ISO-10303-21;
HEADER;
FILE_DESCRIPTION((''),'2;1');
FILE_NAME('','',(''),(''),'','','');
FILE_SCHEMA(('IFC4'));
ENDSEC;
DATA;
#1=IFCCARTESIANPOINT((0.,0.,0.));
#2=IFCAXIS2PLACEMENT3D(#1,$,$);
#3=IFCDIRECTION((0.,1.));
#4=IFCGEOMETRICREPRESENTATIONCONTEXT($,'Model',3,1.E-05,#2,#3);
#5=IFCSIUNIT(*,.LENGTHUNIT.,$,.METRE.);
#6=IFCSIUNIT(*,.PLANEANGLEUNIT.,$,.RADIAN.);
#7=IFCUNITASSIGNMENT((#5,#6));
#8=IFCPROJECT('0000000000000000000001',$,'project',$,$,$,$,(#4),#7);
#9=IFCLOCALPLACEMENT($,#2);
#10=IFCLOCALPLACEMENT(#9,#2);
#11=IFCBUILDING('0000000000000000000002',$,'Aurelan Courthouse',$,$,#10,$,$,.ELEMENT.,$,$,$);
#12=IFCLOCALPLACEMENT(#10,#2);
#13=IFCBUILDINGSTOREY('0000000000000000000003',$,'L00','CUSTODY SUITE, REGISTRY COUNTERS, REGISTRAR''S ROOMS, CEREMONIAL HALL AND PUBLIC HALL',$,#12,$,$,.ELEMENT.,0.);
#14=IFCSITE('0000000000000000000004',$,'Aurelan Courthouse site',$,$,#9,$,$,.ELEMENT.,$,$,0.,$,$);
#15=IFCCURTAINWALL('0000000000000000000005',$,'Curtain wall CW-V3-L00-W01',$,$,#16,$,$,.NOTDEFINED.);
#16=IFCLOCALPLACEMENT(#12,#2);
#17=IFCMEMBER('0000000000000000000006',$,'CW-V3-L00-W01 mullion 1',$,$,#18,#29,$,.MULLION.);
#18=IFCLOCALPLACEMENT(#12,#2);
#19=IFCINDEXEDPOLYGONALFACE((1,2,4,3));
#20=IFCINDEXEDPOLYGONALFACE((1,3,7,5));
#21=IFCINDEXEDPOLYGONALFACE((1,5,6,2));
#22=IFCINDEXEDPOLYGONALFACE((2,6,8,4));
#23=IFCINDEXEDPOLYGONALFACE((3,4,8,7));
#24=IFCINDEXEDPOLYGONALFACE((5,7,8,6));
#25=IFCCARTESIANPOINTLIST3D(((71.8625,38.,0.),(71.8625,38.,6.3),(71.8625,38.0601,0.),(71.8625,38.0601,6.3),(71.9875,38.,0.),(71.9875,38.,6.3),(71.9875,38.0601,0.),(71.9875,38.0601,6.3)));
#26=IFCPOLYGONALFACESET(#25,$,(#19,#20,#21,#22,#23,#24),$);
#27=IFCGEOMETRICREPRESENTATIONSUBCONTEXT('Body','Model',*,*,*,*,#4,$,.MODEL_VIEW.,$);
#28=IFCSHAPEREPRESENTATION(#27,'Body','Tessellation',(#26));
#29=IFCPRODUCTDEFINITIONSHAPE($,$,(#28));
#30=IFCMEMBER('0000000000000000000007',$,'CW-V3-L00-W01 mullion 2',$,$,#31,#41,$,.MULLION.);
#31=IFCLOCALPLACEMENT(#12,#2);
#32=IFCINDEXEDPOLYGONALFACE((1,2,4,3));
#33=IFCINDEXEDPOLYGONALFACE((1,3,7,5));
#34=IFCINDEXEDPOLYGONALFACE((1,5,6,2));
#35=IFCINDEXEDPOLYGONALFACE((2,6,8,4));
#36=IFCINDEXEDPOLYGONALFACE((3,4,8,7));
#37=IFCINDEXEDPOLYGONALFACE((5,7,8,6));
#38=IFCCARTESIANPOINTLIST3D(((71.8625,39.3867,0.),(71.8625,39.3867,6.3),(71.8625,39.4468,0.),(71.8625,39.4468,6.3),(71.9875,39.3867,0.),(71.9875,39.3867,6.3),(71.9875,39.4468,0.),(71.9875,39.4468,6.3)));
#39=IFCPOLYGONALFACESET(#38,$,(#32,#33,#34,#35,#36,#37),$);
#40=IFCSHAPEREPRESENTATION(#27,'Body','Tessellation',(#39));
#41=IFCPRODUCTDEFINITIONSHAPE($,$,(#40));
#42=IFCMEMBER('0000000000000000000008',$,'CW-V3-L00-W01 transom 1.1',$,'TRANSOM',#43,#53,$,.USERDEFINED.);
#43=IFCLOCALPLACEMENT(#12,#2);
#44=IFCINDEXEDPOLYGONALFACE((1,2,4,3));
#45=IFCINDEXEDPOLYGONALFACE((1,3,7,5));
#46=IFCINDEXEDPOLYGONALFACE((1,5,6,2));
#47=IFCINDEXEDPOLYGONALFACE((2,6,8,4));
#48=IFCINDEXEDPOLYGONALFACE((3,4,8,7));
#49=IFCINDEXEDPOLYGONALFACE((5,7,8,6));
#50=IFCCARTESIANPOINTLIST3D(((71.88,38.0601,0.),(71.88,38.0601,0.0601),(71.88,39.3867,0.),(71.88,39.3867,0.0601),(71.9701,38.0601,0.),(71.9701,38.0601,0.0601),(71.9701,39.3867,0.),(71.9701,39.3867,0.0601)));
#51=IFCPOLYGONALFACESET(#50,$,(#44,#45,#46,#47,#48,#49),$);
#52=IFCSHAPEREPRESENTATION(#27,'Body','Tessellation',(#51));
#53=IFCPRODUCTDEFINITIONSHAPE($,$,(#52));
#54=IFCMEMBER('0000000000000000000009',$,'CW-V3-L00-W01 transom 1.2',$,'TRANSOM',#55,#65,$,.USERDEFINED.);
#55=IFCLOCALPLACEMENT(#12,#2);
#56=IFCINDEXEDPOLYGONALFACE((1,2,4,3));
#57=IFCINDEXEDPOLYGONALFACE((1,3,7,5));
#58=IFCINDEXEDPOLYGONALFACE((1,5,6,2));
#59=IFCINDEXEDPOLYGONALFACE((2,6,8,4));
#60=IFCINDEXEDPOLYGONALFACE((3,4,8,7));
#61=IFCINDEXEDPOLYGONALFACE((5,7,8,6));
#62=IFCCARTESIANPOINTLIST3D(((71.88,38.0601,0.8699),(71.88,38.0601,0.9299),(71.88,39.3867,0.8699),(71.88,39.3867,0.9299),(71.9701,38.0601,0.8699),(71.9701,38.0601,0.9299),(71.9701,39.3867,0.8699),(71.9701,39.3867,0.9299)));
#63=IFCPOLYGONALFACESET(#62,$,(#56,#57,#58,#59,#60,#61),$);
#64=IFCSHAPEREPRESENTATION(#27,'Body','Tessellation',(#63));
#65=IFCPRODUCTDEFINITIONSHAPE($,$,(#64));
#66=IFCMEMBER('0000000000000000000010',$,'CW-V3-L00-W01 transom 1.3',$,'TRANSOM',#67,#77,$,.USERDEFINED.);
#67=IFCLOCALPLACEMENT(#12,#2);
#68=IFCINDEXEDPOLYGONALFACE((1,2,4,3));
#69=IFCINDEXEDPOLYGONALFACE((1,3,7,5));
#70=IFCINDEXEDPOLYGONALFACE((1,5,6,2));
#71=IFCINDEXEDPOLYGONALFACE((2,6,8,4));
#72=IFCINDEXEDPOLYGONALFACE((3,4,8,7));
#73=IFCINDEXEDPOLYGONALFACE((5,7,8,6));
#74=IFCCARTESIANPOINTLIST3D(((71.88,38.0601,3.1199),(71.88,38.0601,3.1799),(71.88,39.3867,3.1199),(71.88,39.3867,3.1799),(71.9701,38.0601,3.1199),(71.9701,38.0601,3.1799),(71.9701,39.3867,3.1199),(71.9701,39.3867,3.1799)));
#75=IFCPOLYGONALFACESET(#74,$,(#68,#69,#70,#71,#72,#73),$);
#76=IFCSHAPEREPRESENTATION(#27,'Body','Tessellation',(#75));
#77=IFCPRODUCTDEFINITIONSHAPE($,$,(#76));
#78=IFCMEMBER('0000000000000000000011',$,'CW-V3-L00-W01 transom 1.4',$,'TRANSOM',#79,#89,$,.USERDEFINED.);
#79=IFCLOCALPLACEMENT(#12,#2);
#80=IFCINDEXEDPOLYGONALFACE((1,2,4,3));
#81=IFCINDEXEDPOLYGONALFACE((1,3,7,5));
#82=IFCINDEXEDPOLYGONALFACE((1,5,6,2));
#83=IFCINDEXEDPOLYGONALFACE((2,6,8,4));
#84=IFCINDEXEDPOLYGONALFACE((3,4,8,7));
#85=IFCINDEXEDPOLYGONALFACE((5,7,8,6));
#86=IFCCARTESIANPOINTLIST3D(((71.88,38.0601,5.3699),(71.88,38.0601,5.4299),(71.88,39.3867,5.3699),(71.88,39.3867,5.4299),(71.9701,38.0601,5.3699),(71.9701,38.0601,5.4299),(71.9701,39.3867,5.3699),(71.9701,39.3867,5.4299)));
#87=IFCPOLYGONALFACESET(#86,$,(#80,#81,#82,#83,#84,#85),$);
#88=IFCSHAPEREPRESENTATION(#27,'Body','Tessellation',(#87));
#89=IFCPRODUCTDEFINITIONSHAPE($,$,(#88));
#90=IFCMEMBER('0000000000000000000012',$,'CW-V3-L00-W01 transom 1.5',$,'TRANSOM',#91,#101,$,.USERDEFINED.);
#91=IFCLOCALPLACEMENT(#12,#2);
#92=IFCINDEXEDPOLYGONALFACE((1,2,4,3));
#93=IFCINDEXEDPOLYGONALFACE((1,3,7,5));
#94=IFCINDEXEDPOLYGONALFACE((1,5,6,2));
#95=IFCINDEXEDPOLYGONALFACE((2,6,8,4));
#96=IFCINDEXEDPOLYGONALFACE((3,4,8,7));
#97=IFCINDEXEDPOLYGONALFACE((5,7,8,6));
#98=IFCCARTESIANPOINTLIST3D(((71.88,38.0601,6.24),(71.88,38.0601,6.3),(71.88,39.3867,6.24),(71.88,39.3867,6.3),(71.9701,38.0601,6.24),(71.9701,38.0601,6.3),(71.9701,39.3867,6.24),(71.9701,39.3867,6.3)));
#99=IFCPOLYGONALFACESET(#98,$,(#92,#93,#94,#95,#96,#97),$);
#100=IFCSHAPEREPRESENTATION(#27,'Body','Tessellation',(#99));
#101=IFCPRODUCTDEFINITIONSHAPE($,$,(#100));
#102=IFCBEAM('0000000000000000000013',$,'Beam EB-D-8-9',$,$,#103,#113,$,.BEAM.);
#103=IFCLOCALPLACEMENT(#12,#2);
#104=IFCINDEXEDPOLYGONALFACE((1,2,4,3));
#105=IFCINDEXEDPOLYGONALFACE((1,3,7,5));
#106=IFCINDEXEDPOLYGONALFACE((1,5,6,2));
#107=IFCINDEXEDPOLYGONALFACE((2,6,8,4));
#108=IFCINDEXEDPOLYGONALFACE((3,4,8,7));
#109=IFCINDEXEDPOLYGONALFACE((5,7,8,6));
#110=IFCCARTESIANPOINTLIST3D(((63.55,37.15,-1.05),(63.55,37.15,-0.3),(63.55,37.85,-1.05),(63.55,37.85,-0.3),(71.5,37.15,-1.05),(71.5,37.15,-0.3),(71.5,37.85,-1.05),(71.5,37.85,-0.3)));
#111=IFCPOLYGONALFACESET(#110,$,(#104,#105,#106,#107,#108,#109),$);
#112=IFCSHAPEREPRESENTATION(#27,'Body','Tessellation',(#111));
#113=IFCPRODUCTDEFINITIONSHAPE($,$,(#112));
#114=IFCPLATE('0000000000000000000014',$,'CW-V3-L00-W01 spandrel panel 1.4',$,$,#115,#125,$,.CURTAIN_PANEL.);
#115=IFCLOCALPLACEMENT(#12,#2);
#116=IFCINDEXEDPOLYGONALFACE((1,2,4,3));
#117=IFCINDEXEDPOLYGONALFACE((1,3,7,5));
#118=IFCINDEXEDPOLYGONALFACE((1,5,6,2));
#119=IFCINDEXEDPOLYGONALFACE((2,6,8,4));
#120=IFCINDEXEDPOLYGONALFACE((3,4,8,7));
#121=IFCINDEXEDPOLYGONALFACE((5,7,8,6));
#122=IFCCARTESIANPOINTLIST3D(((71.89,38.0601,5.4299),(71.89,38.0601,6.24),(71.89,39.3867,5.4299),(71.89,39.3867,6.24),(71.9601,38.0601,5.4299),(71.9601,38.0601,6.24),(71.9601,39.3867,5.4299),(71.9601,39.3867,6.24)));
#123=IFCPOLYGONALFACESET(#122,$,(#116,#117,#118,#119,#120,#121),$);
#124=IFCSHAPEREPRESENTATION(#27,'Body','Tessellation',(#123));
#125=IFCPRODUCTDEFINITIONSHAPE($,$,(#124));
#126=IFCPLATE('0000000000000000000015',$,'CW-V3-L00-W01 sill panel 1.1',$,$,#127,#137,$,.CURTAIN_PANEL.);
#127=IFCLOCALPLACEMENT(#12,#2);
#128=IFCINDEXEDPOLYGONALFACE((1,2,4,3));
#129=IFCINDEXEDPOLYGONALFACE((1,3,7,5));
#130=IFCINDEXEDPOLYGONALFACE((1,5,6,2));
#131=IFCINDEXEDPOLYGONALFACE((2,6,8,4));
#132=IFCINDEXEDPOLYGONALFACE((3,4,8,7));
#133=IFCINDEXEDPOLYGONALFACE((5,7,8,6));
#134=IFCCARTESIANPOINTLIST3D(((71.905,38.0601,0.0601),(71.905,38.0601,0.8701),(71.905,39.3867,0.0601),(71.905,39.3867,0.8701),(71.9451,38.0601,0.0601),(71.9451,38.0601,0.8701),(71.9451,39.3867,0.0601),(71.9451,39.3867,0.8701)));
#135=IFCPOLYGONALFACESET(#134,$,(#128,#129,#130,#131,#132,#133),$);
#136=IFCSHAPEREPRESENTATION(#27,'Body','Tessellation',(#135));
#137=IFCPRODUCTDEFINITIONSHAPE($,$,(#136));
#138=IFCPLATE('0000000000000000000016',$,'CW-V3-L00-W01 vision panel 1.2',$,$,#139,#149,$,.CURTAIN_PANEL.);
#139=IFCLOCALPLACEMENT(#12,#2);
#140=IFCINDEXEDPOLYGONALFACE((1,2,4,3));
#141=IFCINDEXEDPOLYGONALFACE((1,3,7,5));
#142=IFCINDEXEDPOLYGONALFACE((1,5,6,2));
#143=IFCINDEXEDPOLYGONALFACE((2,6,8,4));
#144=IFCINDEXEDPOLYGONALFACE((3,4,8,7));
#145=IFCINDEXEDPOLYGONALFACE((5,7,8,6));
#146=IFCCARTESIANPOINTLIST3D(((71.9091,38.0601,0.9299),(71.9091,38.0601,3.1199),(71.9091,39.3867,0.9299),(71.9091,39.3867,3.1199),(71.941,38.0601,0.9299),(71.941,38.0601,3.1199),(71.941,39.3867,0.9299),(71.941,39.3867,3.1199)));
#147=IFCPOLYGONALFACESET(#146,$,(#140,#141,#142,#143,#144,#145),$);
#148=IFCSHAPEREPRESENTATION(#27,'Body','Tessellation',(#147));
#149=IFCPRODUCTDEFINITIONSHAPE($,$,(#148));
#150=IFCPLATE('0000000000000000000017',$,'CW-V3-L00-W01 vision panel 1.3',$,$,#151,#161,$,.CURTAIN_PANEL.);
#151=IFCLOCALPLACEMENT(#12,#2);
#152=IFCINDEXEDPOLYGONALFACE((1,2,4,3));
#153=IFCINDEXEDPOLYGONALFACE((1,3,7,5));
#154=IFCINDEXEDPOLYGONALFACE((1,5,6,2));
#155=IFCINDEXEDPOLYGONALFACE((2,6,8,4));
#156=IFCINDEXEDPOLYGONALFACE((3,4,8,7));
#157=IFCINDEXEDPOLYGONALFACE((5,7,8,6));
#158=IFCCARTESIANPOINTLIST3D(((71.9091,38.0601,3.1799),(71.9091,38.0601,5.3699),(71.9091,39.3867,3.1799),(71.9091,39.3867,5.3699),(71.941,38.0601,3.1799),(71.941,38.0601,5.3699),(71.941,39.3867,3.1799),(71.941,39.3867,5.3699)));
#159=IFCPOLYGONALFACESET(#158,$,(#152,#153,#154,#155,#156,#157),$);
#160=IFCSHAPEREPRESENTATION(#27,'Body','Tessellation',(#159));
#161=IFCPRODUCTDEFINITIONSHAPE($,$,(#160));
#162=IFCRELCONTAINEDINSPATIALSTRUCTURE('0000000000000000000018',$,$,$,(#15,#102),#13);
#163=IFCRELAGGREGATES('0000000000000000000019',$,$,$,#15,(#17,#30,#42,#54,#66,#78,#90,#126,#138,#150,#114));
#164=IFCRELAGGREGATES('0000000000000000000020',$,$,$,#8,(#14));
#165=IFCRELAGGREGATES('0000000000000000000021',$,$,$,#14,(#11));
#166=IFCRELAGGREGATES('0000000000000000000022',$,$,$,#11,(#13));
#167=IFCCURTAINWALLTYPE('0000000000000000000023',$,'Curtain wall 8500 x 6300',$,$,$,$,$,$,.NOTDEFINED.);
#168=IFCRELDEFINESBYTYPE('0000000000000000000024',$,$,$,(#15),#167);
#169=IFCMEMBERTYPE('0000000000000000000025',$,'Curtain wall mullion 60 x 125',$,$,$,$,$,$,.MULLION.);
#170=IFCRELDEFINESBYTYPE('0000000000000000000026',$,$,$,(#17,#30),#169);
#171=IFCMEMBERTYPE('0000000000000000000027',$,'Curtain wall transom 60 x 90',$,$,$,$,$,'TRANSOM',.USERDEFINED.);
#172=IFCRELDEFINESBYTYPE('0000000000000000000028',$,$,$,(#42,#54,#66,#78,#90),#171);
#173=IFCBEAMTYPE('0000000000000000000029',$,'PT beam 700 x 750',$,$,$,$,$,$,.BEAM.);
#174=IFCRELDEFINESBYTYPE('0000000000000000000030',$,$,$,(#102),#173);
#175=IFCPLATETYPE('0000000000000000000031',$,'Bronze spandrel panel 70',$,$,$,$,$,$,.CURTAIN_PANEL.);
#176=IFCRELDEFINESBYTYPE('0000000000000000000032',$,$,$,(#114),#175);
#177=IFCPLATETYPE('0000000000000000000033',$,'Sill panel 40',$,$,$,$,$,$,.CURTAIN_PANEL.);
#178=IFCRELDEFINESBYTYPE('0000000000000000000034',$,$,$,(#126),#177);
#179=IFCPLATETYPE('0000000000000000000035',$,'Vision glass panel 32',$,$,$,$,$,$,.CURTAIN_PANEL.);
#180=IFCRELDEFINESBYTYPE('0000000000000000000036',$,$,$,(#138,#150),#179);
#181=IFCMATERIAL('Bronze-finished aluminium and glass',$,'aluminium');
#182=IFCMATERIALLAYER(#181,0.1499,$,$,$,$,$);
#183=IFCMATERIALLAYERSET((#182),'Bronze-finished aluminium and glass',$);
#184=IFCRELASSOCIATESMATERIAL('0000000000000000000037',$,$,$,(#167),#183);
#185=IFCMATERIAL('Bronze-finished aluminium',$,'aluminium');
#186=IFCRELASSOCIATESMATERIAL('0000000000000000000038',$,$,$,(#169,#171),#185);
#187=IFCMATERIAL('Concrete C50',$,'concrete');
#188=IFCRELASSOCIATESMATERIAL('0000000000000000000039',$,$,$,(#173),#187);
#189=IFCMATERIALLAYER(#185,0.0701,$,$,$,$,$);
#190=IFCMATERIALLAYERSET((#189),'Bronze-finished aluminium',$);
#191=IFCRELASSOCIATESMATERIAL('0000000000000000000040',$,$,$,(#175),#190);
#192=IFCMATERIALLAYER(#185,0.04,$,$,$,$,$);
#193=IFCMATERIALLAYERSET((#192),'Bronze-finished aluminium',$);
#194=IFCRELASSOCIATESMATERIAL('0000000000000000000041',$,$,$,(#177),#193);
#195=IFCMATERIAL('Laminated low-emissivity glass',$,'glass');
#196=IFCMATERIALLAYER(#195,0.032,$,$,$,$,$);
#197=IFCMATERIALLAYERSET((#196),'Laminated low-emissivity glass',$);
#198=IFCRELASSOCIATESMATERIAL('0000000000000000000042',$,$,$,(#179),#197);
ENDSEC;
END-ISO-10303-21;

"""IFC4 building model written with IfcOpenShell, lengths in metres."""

from ifc_helpers import new_model, si_unit, direction, frame, origin, origin_2d, place, context, subcontext, project, spatial, rectangle, extrude, material, layer, layer_set, material_profile, profile_set, type_object, element, aggregate, save


model = new_model("IFC4")

# Units and contexts
model_context = context("Model", 3, precision=1e-05, world=origin(), true_north=direction((0.0, 1.0)))
body_context = subcontext(model_context, "Body", "Model", "MODEL_VIEW")
ifc_project = project(units=[si_unit("LENGTHUNIT", "METRE"), si_unit("PLANEANGLEUNIT", "RADIAN")], contexts=[model_context])

# Site, building, storey
site_placement = place(None, origin())
site = spatial("IfcSite", under=ifc_project, at=site_placement, Name="Aurelan Courthouse site", CompositionType="ELEMENT", RefElevation=0.0)
building_placement = place(site_placement, origin())
building = spatial("IfcBuilding", under=site, at=building_placement, Name="Aurelan Courthouse", CompositionType="ELEMENT")
storey_placement = place(building_placement, origin())
storey = spatial("IfcBuildingStorey", under=building, at=storey_placement, Name="L00", Description="CUSTODY SUITE, REGISTRY COUNTERS, REGISTRAR'S ROOMS, CEREMONIAL HALL AND PUBLIC HALL", CompositionType="ELEMENT", Elevation=0.0)

# Curtain wall, members
ifc_material_1 = material(Name="Bronze-finished aluminium and glass", Category="aluminium")
ifc_layer_1 = layer(ifc_material_1, 0.1499)
ifc_layer_set_1 = layer_set([ifc_layer_1], Name="Bronze-finished aluminium and glass")
curtain_wall_type = type_object("IfcCurtainWallType", Name="Curtain wall 8500 x 6300", PredefinedType="NOTDEFINED", material=ifc_layer_set_1)
curtain_wall_placement = place(storey_placement, origin())
curtain_wall = element("IfcCurtainWall", 1, at=curtain_wall_placement, inside=storey, type_object=curtain_wall_type, Name="Curtain wall CW-V3-L00-W01", PredefinedType="NOTDEFINED")
ifc_material_2 = material(Name="Bronze-finished aluminium", Category="aluminium")
ifc_material_profile_1 = material_profile(ifc_material_2, rectangle(XDim=0.125, YDim=0.0601, at=origin_2d()), Name="Bronze mullion 60 x 125")
ifc_profile_set_1 = profile_set([ifc_material_profile_1], Name="Bronze-finished aluminium")
member_type_1 = type_object("IfcMemberType", Name="Curtain wall mullion 60 x 125", PredefinedType="MULLION", material=ifc_profile_set_1)
member_1_placement = place(storey_placement, frame((71.925, 38.03, 0.0), z_axis=(0.0, 0.0, 1.0), x_axis=(-1.0, 0.0, 0.0)))
member_1 = element("IfcMember", 2, at=member_1_placement, type_object=member_type_1, Name="CW-V3-L00-W01 mullion 1", PredefinedType="MULLION", context=body_context, shape_type="SweptSolid", body=[
    extrude(rectangle(XDim=0.125, YDim=0.0601, at=origin_2d()), origin(), (0.0, 0.0, 1.0), 6.3),
])
member_2_placement = place(storey_placement, frame((71.925, 39.4167, 0.0), z_axis=(0.0, 0.0, 1.0), x_axis=(-1.0, 0.0, 0.0)))
member_2 = element("IfcMember", 3, at=member_2_placement, type_object=member_type_1, Name="CW-V3-L00-W01 mullion 2", PredefinedType="MULLION", context=body_context, shape_type="SweptSolid", body=[
    extrude(rectangle(XDim=0.125, YDim=0.0601, at=origin_2d()), origin(), (0.0, 0.0, 1.0), 6.3),
])
ifc_material_profile_2 = material_profile(ifc_material_2, rectangle(XDim=0.0901, YDim=0.0601, at=origin_2d()), Name="Bronze transom 60 x 90")
ifc_profile_set_2 = profile_set([ifc_material_profile_2], Name="Bronze-finished aluminium")
member_type_2 = type_object("IfcMemberType", Name="Curtain wall transom 60 x 90", ElementType="TRANSOM", PredefinedType="USERDEFINED", material=ifc_profile_set_2)
member_3_placement = place(storey_placement, frame((71.925, 38.0601, 0.03), z_axis=(0.0, 1.0, 0.0), x_axis=(-1.0, 0.0, 0.0)))
member_3 = element("IfcMember", 4, at=member_3_placement, type_object=member_type_2, Name="CW-V3-L00-W01 transom 1.1", ObjectType="TRANSOM", PredefinedType="USERDEFINED", context=body_context, shape_type="SweptSolid", body=[
    extrude(rectangle(XDim=0.0901, YDim=0.0601, at=origin_2d()), origin(), (0.0, 0.0, 1.0), 1.3267),
])
member_4_placement = place(storey_placement, frame((71.925, 38.0601, 0.8999), z_axis=(0.0, 1.0, 0.0), x_axis=(-1.0, 0.0, 0.0)))
member_4 = element("IfcMember", 5, at=member_4_placement, type_object=member_type_2, Name="CW-V3-L00-W01 transom 1.2", ObjectType="TRANSOM", PredefinedType="USERDEFINED", context=body_context, shape_type="SweptSolid", body=[
    extrude(rectangle(XDim=0.0901, YDim=0.0601, at=origin_2d()), origin(), (0.0, 0.0, 1.0), 1.3267),
])
member_5_placement = place(storey_placement, frame((71.925, 38.0601, 3.1499), z_axis=(0.0, 1.0, 0.0), x_axis=(-1.0, 0.0, 0.0)))
member_5 = element("IfcMember", 6, at=member_5_placement, type_object=member_type_2, Name="CW-V3-L00-W01 transom 1.3", ObjectType="TRANSOM", PredefinedType="USERDEFINED", context=body_context, shape_type="SweptSolid", body=[
    extrude(rectangle(XDim=0.0901, YDim=0.0601, at=origin_2d()), origin(), (0.0, 0.0, 1.0), 1.3267),
])
member_6_placement = place(storey_placement, frame((71.925, 38.0601, 5.3999), z_axis=(0.0, 1.0, 0.0), x_axis=(-1.0, 0.0, 0.0)))
member_6 = element("IfcMember", 7, at=member_6_placement, type_object=member_type_2, Name="CW-V3-L00-W01 transom 1.4", ObjectType="TRANSOM", PredefinedType="USERDEFINED", context=body_context, shape_type="SweptSolid", body=[
    extrude(rectangle(XDim=0.0901, YDim=0.0601, at=origin_2d()), origin(), (0.0, 0.0, 1.0), 1.3267),
])
member_7_placement = place(storey_placement, frame((71.925, 38.0601, 6.27), z_axis=(0.0, 1.0, 0.0), x_axis=(-1.0, 0.0, 0.0)))
member_7 = element("IfcMember", 8, at=member_7_placement, type_object=member_type_2, Name="CW-V3-L00-W01 transom 1.5", ObjectType="TRANSOM", PredefinedType="USERDEFINED", context=body_context, shape_type="SweptSolid", body=[
    extrude(rectangle(XDim=0.0901, YDim=0.0601, at=origin_2d()), origin(), (0.0, 0.0, 1.0), 1.3267),
])

# Beam
ifc_material_3 = material(Name="Concrete C50", Category="concrete")
ifc_material_profile_3 = material_profile(ifc_material_3, rectangle(XDim=0.7, YDim=0.75, at=origin_2d()), Name="RC 700 x 750")
ifc_profile_set_3 = profile_set([ifc_material_profile_3], Name="Concrete C50")
beam_type = type_object("IfcBeamType", Name="PT beam 700 x 750", PredefinedType="BEAM", material=ifc_profile_set_3)
beam_placement = place(storey_placement, frame((63.55, 37.5, -0.675), z_axis=(1.0, 0.0, 0.0), x_axis=(0.0, 1.0, 0.0)))
element("IfcBeam", 9, at=beam_placement, inside=storey, type_object=beam_type, Name="Beam EB-D-8-9", PredefinedType="BEAM", context=body_context, shape_type="SweptSolid", body=[
    extrude(rectangle(XDim=0.7, YDim=0.75, at=origin_2d()), origin(), (0.0, 0.0, 1.0), 7.95),
])

# Plates
ifc_layer_2 = layer(ifc_material_2, 0.0701)
ifc_layer_set_2 = layer_set([ifc_layer_2], Name="Bronze-finished aluminium")
plate_type_1 = type_object("IfcPlateType", Name="Bronze spandrel panel 70", PredefinedType="CURTAIN_PANEL", material=ifc_layer_set_2)
plate_1_placement = place(storey_placement, frame((71.925, 38.7234, 5.4299), z_axis=(0.0, 0.0, 1.0), x_axis=(0.0, 1.0, 0.0)))
plate_1 = element("IfcPlate", 10, at=plate_1_placement, type_object=plate_type_1, Name="CW-V3-L00-W01 spandrel panel 1.4", PredefinedType="CURTAIN_PANEL", context=body_context, shape_type="SweptSolid", body=[
    extrude(rectangle(XDim=1.3267, YDim=0.0701, at=origin_2d()), origin(), (0.0, 0.0, 1.0), 0.8101),
])
ifc_layer_3 = layer(ifc_material_2, 0.04)
ifc_layer_set_3 = layer_set([ifc_layer_3], Name="Bronze-finished aluminium")
plate_type_2 = type_object("IfcPlateType", Name="Sill panel 40", PredefinedType="CURTAIN_PANEL", material=ifc_layer_set_3)
plate_2_placement = place(storey_placement, frame((71.925, 38.7234, 0.0601), z_axis=(0.0, 0.0, 1.0), x_axis=(0.0, 1.0, 0.0)))
plate_2 = element("IfcPlate", 11, at=plate_2_placement, type_object=plate_type_2, Name="CW-V3-L00-W01 sill panel 1.1", PredefinedType="CURTAIN_PANEL", context=body_context, shape_type="SweptSolid", body=[
    extrude(rectangle(XDim=1.3267, YDim=0.04, at=origin_2d()), origin(), (0.0, 0.0, 1.0), 0.8101),
])
ifc_material_4 = material(Name="Laminated low-emissivity glass", Category="glass")
ifc_layer_4 = layer(ifc_material_4, 0.032)
ifc_layer_set_4 = layer_set([ifc_layer_4], Name="Laminated low-emissivity glass")
plate_type_3 = type_object("IfcPlateType", Name="Vision glass panel 32", PredefinedType="CURTAIN_PANEL", material=ifc_layer_set_4)
plate_3_placement = place(storey_placement, frame((71.925, 38.7234, 0.9299), z_axis=(0.0, 0.0, 1.0), x_axis=(0.0, 1.0, 0.0)))
plate_3 = element("IfcPlate", 12, at=plate_3_placement, type_object=plate_type_3, Name="CW-V3-L00-W01 vision panel 1.2", PredefinedType="CURTAIN_PANEL", context=body_context, shape_type="SweptSolid", body=[
    extrude(rectangle(XDim=1.3267, YDim=0.032, at=origin_2d()), origin(), (0.0, 0.0, 1.0), 2.1899),
])
plate_4_placement = place(storey_placement, frame((71.925, 38.7234, 3.1799), z_axis=(0.0, 0.0, 1.0), x_axis=(0.0, 1.0, 0.0)))
plate_4 = element("IfcPlate", 13, at=plate_4_placement, type_object=plate_type_3, Name="CW-V3-L00-W01 vision panel 1.3", PredefinedType="CURTAIN_PANEL", context=body_context, shape_type="SweptSolid", body=[
    extrude(rectangle(XDim=1.3267, YDim=0.032, at=origin_2d()), origin(), (0.0, 0.0, 1.0), 2.1899),
])
aggregate(curtain_wall, [member_1, member_2, member_3, member_4, member_5, member_6, member_7, plate_2, plate_3, plate_4, plate_1])

save(model, "model.ifc")
